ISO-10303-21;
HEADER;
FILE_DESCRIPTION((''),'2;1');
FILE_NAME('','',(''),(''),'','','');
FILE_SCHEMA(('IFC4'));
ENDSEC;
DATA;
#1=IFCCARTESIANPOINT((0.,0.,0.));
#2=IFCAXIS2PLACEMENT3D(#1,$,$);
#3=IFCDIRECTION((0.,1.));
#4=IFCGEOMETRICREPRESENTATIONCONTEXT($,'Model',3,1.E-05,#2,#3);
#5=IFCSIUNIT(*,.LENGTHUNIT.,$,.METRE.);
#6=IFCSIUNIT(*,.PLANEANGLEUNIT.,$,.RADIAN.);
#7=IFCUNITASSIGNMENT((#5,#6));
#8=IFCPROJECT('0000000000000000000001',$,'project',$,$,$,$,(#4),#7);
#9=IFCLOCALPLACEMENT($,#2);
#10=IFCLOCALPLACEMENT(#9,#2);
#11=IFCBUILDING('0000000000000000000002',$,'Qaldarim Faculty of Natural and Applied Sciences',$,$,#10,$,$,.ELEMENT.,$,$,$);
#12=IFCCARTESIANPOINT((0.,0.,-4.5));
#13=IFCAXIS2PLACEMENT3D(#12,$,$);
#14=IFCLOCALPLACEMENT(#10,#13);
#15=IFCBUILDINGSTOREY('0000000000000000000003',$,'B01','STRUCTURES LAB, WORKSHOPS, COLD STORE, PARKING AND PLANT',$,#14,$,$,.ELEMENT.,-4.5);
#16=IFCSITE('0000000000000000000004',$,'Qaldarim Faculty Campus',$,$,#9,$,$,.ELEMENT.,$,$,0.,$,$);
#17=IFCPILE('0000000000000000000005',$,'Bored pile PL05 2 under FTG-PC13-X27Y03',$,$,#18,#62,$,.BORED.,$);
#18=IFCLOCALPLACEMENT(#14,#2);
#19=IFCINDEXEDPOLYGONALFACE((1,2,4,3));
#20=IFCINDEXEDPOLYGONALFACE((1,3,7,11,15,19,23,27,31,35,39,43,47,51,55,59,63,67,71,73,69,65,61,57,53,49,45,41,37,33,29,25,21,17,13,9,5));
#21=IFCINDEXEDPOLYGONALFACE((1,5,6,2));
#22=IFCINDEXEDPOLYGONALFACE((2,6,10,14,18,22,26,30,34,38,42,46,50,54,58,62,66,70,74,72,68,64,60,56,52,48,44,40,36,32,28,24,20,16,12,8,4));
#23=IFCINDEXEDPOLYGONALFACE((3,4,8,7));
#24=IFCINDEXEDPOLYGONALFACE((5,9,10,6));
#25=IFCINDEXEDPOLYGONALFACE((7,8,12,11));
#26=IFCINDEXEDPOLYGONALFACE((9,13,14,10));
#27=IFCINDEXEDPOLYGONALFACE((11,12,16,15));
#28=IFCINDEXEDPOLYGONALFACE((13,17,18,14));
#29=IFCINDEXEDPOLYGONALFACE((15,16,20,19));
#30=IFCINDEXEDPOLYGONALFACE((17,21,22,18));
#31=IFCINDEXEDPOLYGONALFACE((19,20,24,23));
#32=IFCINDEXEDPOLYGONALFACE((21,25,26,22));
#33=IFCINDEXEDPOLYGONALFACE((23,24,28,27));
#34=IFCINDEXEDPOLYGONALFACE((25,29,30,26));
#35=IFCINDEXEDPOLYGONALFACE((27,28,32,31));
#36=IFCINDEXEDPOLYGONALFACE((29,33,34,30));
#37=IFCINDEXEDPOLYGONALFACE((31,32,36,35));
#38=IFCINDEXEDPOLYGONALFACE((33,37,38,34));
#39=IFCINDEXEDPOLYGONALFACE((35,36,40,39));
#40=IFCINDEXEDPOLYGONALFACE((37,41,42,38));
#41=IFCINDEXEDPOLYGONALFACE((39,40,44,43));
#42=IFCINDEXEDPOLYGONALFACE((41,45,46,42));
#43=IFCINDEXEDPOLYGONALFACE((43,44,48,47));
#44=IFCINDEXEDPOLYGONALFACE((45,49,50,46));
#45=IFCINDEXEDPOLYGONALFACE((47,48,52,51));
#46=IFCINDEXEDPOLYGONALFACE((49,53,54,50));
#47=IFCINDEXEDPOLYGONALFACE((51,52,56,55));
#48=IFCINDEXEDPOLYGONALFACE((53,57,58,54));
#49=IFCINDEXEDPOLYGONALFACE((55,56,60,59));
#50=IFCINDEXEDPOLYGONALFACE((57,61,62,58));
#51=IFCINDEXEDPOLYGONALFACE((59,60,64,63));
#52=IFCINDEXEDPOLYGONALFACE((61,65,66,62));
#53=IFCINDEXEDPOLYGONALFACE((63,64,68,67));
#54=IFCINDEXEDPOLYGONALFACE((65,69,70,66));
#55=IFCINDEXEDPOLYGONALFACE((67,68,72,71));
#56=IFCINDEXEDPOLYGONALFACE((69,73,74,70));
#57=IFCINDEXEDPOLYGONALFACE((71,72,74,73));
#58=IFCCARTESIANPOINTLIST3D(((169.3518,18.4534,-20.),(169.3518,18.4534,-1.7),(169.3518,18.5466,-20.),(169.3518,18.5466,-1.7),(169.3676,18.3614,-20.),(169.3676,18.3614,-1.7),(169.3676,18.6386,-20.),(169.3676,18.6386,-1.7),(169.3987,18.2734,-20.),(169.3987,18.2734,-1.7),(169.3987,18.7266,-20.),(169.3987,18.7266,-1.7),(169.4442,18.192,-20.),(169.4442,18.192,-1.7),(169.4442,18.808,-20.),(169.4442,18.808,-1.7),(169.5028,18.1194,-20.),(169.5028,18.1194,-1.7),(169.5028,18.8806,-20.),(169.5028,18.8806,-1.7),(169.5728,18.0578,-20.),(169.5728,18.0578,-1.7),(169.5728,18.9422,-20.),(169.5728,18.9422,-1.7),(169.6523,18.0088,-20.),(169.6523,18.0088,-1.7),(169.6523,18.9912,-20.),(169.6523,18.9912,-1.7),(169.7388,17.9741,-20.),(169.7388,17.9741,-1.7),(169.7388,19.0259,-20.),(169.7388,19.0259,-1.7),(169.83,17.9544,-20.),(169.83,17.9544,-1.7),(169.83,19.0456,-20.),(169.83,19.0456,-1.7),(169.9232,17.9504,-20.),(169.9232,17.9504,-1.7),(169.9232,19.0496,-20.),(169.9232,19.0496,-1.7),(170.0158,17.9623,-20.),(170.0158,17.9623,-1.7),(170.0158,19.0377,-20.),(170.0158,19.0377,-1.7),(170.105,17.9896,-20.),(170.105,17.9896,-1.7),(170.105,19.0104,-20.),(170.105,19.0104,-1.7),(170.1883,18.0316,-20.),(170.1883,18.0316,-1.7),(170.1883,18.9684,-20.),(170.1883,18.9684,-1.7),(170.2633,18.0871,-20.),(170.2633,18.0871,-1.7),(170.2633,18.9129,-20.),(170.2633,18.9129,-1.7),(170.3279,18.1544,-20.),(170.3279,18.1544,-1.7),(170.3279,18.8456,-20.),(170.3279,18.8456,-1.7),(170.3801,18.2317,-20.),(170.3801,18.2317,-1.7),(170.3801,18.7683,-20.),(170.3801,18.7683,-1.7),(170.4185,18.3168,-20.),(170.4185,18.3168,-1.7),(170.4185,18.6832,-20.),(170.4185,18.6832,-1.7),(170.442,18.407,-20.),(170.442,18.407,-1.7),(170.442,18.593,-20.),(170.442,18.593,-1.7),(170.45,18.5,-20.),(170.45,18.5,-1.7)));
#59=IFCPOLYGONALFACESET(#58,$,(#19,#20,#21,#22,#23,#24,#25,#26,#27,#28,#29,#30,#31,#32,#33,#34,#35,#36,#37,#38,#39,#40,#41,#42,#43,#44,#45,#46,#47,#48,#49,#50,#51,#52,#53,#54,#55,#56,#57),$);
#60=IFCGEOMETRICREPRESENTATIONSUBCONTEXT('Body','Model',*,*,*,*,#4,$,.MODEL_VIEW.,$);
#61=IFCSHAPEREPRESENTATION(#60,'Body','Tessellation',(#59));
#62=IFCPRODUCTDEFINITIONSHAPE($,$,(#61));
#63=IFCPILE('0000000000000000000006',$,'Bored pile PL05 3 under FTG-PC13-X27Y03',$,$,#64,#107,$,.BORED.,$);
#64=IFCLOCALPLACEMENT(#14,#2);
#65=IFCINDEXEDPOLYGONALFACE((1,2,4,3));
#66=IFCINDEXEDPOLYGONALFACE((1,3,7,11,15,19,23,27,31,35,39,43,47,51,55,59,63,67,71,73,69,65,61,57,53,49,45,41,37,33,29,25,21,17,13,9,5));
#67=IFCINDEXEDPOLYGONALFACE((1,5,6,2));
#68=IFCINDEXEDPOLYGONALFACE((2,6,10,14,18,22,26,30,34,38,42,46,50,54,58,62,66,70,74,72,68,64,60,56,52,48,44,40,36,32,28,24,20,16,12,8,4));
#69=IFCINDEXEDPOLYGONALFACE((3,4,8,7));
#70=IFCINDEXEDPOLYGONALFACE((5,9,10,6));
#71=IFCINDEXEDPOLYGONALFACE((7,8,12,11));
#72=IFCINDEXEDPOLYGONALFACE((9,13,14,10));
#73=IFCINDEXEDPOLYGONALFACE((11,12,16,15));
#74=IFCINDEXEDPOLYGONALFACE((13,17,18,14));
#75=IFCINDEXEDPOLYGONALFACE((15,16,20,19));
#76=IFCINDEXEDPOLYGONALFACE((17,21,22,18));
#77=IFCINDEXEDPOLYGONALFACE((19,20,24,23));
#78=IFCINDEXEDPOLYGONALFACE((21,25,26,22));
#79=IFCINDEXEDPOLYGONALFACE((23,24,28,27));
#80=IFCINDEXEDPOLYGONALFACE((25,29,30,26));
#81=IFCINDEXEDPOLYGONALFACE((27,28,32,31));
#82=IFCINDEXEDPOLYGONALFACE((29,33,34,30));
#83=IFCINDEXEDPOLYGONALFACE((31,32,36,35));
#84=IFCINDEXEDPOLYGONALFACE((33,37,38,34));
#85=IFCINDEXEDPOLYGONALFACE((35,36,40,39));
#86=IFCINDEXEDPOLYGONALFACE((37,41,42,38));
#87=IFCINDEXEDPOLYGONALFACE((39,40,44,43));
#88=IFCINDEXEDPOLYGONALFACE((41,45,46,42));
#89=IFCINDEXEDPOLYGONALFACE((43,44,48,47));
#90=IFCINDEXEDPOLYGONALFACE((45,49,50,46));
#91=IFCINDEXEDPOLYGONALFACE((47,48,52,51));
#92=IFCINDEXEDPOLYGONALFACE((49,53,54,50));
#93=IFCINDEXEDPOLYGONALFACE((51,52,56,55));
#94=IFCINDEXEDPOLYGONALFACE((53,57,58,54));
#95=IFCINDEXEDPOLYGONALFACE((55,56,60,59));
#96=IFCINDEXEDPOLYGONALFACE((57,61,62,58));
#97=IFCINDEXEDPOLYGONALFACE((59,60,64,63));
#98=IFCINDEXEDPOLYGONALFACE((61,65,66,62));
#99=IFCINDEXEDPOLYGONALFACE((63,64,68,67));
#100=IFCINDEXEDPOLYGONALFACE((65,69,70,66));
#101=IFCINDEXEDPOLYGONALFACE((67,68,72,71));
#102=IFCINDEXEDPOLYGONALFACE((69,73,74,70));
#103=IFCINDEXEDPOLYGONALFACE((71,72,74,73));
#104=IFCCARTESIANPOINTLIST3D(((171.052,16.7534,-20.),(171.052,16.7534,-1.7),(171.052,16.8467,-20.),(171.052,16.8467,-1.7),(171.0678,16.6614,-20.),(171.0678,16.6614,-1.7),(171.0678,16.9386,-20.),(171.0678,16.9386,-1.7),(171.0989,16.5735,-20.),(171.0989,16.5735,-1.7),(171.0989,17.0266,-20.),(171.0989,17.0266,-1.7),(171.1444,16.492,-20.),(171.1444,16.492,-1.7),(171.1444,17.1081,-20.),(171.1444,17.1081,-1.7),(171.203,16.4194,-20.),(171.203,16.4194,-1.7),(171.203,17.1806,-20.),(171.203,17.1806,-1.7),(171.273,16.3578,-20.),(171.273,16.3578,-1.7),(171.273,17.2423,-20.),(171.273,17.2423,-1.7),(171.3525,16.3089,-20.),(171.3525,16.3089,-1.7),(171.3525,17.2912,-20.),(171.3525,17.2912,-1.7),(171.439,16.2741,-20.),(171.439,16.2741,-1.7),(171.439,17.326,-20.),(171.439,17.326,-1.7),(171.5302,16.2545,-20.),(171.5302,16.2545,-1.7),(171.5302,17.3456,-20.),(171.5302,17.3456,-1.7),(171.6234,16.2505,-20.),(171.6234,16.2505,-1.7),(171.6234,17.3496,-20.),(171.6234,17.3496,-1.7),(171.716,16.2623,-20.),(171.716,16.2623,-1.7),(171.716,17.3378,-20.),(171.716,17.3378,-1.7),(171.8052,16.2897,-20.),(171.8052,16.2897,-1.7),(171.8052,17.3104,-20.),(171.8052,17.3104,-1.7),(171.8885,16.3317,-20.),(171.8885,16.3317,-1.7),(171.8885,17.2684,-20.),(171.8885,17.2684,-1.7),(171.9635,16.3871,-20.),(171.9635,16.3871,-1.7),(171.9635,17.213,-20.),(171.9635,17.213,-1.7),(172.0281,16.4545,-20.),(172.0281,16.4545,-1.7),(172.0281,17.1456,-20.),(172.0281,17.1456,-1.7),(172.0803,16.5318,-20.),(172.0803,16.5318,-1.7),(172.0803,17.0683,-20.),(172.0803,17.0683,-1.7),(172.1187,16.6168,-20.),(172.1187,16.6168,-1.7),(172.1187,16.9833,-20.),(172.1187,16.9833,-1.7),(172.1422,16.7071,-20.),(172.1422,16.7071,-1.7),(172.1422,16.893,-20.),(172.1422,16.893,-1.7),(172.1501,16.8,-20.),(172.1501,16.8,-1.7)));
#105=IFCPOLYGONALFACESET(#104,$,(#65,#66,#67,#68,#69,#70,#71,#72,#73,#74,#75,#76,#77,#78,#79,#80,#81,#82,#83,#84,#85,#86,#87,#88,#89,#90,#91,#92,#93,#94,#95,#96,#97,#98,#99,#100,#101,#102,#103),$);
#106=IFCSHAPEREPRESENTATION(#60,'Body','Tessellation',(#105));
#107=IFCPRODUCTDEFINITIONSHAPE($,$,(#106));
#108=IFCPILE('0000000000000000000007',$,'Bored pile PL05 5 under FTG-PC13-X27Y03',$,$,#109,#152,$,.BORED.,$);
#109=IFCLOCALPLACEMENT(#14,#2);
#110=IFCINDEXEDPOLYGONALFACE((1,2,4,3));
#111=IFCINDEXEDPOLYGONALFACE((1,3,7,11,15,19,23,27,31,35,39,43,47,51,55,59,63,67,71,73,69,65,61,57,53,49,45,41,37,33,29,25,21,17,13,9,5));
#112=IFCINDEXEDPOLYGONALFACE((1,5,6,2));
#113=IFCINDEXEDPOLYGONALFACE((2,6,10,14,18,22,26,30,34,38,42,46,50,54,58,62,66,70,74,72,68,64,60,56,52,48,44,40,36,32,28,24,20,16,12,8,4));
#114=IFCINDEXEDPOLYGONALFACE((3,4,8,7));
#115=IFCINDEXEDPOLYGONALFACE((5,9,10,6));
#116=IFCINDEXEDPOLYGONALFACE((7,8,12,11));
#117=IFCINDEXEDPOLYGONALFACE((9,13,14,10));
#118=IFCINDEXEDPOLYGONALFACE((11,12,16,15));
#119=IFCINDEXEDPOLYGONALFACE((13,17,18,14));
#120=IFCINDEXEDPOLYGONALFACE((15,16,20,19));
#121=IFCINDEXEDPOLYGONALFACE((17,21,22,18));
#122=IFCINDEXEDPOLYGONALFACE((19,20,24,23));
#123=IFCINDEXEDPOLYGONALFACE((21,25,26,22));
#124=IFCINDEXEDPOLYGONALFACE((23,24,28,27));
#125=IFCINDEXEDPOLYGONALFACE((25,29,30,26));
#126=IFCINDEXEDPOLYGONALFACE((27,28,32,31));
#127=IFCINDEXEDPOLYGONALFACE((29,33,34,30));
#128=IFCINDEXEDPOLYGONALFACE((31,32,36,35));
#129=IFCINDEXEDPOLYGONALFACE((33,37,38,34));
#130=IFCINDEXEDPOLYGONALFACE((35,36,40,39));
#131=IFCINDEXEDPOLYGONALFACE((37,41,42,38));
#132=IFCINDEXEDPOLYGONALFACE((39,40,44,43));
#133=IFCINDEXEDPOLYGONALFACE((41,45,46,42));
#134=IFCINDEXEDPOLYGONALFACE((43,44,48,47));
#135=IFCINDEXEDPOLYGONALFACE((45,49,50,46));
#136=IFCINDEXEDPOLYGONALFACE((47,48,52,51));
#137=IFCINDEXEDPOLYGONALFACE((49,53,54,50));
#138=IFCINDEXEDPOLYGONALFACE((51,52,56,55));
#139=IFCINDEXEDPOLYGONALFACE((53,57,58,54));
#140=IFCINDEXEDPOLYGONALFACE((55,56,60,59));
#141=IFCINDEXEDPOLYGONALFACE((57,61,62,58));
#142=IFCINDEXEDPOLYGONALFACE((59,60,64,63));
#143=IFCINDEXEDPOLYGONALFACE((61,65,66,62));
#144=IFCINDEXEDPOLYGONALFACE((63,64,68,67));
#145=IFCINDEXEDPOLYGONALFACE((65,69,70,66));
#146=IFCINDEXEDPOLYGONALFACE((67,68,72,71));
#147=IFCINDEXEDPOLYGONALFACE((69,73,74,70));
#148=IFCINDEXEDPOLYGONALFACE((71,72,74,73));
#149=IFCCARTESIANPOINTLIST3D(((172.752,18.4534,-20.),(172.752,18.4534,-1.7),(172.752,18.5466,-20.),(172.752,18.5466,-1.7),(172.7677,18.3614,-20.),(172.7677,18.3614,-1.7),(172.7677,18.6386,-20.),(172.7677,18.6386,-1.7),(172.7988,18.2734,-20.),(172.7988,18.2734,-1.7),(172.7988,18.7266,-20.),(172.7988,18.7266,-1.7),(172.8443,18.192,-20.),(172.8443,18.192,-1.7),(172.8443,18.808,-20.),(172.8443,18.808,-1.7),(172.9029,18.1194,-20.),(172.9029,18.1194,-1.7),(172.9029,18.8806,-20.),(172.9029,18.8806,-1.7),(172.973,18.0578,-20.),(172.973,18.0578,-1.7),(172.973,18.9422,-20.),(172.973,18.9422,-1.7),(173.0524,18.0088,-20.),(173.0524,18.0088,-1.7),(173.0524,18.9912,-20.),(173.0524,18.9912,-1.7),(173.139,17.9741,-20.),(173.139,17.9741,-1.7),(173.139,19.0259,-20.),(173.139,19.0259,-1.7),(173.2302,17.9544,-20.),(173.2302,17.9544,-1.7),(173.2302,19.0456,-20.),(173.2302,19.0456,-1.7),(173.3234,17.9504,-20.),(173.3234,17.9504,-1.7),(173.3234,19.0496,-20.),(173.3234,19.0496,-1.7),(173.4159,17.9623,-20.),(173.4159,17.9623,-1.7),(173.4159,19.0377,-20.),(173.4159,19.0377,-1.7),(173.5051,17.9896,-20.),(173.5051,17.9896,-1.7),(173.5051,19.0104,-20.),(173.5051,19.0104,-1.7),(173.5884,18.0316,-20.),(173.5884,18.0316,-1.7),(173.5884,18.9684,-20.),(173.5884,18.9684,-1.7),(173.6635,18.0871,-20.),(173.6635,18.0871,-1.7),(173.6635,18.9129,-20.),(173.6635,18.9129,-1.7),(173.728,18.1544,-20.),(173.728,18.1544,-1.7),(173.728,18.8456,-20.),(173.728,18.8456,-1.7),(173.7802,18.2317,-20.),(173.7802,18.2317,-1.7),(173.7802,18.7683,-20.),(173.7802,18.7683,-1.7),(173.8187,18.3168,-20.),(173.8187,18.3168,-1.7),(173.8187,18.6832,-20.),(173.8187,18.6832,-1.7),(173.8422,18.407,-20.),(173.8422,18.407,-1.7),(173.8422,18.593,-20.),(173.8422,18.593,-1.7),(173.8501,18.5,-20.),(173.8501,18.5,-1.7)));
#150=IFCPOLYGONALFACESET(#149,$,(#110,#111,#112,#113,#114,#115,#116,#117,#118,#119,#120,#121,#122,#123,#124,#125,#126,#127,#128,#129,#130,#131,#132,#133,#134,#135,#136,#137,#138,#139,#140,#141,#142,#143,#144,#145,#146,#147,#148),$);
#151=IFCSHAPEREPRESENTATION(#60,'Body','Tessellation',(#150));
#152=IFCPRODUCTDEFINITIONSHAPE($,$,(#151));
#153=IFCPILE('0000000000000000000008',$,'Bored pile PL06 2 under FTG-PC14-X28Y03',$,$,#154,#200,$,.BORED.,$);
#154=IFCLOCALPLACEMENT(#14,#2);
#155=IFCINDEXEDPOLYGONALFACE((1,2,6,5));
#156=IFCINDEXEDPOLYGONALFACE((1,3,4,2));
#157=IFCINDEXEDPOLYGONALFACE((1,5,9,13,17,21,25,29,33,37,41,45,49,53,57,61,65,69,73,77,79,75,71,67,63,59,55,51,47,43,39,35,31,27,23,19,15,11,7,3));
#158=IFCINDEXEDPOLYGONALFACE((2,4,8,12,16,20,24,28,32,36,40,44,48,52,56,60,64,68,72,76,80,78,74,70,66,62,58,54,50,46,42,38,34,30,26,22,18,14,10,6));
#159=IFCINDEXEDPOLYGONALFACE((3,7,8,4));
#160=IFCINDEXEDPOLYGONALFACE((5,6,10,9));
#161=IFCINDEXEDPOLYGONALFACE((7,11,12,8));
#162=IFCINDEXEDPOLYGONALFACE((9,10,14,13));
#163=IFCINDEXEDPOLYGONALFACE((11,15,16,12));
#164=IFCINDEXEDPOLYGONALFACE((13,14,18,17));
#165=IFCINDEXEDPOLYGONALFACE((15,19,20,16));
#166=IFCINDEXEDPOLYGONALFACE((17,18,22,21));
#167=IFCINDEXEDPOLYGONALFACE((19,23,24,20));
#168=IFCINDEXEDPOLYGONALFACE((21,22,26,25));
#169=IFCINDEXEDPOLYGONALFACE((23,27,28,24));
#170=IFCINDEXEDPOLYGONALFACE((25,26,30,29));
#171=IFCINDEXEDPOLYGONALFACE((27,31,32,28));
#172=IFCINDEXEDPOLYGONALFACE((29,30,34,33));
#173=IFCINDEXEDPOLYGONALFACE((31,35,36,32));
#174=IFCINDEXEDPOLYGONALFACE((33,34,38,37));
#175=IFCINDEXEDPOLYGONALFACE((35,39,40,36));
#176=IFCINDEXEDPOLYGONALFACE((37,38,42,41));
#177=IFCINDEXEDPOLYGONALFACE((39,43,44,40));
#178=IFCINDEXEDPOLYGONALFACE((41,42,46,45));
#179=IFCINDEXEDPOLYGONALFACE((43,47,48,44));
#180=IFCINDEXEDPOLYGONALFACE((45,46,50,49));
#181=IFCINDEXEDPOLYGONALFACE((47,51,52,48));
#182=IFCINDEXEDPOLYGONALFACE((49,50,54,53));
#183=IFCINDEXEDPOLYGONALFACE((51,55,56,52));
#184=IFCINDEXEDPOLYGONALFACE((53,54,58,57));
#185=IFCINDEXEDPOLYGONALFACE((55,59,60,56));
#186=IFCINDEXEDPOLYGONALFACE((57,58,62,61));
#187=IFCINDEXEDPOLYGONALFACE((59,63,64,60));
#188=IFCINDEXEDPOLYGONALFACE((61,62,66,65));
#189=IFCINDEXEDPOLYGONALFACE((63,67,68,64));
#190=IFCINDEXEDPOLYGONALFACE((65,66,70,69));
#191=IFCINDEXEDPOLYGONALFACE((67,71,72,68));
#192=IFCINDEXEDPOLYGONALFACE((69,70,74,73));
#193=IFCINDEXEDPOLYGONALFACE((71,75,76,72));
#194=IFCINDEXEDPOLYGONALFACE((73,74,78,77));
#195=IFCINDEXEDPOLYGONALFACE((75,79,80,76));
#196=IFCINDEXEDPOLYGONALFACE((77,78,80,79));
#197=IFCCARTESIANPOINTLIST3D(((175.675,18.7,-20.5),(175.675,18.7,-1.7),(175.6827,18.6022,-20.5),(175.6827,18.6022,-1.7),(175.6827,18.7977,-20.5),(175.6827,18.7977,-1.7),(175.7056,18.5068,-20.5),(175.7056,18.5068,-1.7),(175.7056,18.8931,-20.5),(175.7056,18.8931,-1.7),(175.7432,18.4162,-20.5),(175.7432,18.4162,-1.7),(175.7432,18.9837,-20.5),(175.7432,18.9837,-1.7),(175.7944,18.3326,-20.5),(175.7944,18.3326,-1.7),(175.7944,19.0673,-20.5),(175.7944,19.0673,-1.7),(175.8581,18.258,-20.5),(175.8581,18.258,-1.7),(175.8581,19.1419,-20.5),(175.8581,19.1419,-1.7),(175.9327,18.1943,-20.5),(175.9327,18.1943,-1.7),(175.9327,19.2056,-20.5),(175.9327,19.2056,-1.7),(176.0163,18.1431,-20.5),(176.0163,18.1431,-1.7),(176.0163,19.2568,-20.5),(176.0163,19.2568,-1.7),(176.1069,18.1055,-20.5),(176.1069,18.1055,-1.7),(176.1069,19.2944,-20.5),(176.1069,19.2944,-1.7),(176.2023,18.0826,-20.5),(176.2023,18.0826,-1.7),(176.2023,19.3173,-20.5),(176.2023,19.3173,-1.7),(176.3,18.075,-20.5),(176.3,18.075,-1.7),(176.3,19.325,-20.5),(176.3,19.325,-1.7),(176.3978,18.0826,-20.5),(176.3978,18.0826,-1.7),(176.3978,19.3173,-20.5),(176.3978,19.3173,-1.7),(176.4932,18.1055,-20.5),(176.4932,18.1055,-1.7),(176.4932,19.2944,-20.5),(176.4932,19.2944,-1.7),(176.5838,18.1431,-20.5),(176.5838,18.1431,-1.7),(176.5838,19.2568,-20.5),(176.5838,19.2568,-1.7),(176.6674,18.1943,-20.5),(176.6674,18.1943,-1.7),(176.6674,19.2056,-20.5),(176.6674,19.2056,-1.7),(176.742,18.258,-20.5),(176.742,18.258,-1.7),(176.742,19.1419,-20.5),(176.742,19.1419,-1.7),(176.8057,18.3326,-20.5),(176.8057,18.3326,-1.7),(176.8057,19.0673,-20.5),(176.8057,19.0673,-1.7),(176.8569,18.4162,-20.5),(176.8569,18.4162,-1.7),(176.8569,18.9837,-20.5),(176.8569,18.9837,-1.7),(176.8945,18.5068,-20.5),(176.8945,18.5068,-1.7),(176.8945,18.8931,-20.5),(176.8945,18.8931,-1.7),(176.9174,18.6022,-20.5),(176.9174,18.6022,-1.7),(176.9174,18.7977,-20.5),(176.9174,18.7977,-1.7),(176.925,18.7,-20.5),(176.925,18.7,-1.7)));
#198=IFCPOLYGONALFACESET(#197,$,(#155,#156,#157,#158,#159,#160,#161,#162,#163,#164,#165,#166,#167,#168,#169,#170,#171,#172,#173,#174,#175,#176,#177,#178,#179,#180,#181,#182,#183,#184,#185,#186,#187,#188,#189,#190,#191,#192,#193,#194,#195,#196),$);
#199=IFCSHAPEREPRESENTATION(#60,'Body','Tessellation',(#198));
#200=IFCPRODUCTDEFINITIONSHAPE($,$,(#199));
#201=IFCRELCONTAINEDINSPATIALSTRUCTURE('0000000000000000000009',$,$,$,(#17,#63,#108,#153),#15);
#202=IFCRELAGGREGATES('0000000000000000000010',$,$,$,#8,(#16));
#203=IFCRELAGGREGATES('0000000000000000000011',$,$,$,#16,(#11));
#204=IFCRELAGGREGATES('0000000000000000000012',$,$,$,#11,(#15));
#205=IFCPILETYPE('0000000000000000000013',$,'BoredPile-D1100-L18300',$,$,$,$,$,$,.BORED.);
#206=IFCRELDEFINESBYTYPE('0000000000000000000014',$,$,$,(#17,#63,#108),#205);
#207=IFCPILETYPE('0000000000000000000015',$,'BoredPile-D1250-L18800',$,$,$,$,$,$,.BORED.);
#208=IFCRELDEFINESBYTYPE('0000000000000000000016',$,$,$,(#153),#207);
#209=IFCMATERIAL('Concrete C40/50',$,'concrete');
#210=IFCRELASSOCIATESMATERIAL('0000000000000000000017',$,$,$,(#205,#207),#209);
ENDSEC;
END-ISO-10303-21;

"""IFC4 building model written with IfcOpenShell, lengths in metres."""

from ifc_helpers import new_model, si_unit, direction, frame, origin, origin_2d, place, context, subcontext, project, spatial, circle, extrude, material, material_profile, profile_set, type_object, element, save


model = new_model("IFC4")

# Units and contexts
model_context = context("Model", 3, precision=1e-05, world=origin(), true_north=direction((0.0, 1.0)))
body_context = subcontext(model_context, "Body", "Model", "MODEL_VIEW")
ifc_project = project(units=[si_unit("LENGTHUNIT", "METRE"), si_unit("PLANEANGLEUNIT", "RADIAN")], contexts=[model_context])

# Site, building, storey
site_placement = place(None, origin())
site = spatial("IfcSite", under=ifc_project, at=site_placement, Name="Qaldarim Faculty Campus", CompositionType="ELEMENT", RefElevation=0.0)
building_placement = place(site_placement, origin())
building = spatial("IfcBuilding", under=site, at=building_placement, Name="Qaldarim Faculty of Natural and Applied Sciences", CompositionType="ELEMENT")
storey_placement = place(building_placement, frame((0.0, 0.0, -4.5)))
storey = spatial("IfcBuildingStorey", under=building, at=storey_placement, Name="B01", Description="STRUCTURES LAB, WORKSHOPS, COLD STORE, PARKING AND PLANT", CompositionType="ELEMENT", Elevation=-4.5)

# Piles
ifc_material_1 = material(Name="Concrete C40/50", Category="concrete")
ifc_material_profile_1 = material_profile(ifc_material_1, circle(Radius=0.55, at=origin_2d()), Name="PILE-D1100")
ifc_profile_set_1 = profile_set([ifc_material_profile_1], Name="Concrete C40/50")
pile_type_1 = type_object("IfcPileType", Name="BoredPile-D1100-L18300", PredefinedType="BORED", material=ifc_profile_set_1)
for number, where, z_axis, x_axis, name in (
    (1, (169.8999, 18.5, -1.7), (0.0, 0.0, -1.0), (1.0, 0.0, 0.0), "Bored pile PL05 2 under FTG-PC13-X27Y03"),
    (2, (171.6001, 16.8, -1.7), (0.0, 0.0, -1.0), (1.0, 0.0, 0.0), "Bored pile PL05 3 under FTG-PC13-X27Y03"),
    (3, (173.3, 18.5, -1.7), (0.0, 0.0, -1.0), (1.0, 0.0, 0.0), "Bored pile PL05 5 under FTG-PC13-X27Y03"),
):
    element("IfcPile", number, at=place(storey_placement, frame(where, z_axis=z_axis, x_axis=x_axis)), inside=storey, type_object=pile_type_1, Name=name, PredefinedType="BORED", context=body_context, shape_type="SweptSolid", body=[
        extrude(circle(Radius=0.55, at=origin_2d()), origin(), (0.0, 0.0, 1.0), 18.3),
    ])
ifc_material_profile_2 = material_profile(ifc_material_1, circle(Radius=0.625, at=origin_2d()), Name="PILE-D1250")
ifc_profile_set_2 = profile_set([ifc_material_profile_2], Name="Concrete C40/50")
pile_type_2 = type_object("IfcPileType", Name="BoredPile-D1250-L18800", PredefinedType="BORED", material=ifc_profile_set_2)
for number, where, z_axis, x_axis, name in (
    (4, (176.3, 18.7, -1.7), (0.0, 0.0, -1.0), (1.0, 0.0, 0.0), "Bored pile PL06 2 under FTG-PC14-X28Y03"),
):
    element("IfcPile", number, at=place(storey_placement, frame(where, z_axis=z_axis, x_axis=x_axis)), inside=storey, type_object=pile_type_2, Name=name, PredefinedType="BORED", context=body_context, shape_type="SweptSolid", body=[
        extrude(circle(Radius=0.625, at=origin_2d()), origin(), (0.0, 0.0, 1.0), 18.8),
    ])

save(model, "model.ifc")
